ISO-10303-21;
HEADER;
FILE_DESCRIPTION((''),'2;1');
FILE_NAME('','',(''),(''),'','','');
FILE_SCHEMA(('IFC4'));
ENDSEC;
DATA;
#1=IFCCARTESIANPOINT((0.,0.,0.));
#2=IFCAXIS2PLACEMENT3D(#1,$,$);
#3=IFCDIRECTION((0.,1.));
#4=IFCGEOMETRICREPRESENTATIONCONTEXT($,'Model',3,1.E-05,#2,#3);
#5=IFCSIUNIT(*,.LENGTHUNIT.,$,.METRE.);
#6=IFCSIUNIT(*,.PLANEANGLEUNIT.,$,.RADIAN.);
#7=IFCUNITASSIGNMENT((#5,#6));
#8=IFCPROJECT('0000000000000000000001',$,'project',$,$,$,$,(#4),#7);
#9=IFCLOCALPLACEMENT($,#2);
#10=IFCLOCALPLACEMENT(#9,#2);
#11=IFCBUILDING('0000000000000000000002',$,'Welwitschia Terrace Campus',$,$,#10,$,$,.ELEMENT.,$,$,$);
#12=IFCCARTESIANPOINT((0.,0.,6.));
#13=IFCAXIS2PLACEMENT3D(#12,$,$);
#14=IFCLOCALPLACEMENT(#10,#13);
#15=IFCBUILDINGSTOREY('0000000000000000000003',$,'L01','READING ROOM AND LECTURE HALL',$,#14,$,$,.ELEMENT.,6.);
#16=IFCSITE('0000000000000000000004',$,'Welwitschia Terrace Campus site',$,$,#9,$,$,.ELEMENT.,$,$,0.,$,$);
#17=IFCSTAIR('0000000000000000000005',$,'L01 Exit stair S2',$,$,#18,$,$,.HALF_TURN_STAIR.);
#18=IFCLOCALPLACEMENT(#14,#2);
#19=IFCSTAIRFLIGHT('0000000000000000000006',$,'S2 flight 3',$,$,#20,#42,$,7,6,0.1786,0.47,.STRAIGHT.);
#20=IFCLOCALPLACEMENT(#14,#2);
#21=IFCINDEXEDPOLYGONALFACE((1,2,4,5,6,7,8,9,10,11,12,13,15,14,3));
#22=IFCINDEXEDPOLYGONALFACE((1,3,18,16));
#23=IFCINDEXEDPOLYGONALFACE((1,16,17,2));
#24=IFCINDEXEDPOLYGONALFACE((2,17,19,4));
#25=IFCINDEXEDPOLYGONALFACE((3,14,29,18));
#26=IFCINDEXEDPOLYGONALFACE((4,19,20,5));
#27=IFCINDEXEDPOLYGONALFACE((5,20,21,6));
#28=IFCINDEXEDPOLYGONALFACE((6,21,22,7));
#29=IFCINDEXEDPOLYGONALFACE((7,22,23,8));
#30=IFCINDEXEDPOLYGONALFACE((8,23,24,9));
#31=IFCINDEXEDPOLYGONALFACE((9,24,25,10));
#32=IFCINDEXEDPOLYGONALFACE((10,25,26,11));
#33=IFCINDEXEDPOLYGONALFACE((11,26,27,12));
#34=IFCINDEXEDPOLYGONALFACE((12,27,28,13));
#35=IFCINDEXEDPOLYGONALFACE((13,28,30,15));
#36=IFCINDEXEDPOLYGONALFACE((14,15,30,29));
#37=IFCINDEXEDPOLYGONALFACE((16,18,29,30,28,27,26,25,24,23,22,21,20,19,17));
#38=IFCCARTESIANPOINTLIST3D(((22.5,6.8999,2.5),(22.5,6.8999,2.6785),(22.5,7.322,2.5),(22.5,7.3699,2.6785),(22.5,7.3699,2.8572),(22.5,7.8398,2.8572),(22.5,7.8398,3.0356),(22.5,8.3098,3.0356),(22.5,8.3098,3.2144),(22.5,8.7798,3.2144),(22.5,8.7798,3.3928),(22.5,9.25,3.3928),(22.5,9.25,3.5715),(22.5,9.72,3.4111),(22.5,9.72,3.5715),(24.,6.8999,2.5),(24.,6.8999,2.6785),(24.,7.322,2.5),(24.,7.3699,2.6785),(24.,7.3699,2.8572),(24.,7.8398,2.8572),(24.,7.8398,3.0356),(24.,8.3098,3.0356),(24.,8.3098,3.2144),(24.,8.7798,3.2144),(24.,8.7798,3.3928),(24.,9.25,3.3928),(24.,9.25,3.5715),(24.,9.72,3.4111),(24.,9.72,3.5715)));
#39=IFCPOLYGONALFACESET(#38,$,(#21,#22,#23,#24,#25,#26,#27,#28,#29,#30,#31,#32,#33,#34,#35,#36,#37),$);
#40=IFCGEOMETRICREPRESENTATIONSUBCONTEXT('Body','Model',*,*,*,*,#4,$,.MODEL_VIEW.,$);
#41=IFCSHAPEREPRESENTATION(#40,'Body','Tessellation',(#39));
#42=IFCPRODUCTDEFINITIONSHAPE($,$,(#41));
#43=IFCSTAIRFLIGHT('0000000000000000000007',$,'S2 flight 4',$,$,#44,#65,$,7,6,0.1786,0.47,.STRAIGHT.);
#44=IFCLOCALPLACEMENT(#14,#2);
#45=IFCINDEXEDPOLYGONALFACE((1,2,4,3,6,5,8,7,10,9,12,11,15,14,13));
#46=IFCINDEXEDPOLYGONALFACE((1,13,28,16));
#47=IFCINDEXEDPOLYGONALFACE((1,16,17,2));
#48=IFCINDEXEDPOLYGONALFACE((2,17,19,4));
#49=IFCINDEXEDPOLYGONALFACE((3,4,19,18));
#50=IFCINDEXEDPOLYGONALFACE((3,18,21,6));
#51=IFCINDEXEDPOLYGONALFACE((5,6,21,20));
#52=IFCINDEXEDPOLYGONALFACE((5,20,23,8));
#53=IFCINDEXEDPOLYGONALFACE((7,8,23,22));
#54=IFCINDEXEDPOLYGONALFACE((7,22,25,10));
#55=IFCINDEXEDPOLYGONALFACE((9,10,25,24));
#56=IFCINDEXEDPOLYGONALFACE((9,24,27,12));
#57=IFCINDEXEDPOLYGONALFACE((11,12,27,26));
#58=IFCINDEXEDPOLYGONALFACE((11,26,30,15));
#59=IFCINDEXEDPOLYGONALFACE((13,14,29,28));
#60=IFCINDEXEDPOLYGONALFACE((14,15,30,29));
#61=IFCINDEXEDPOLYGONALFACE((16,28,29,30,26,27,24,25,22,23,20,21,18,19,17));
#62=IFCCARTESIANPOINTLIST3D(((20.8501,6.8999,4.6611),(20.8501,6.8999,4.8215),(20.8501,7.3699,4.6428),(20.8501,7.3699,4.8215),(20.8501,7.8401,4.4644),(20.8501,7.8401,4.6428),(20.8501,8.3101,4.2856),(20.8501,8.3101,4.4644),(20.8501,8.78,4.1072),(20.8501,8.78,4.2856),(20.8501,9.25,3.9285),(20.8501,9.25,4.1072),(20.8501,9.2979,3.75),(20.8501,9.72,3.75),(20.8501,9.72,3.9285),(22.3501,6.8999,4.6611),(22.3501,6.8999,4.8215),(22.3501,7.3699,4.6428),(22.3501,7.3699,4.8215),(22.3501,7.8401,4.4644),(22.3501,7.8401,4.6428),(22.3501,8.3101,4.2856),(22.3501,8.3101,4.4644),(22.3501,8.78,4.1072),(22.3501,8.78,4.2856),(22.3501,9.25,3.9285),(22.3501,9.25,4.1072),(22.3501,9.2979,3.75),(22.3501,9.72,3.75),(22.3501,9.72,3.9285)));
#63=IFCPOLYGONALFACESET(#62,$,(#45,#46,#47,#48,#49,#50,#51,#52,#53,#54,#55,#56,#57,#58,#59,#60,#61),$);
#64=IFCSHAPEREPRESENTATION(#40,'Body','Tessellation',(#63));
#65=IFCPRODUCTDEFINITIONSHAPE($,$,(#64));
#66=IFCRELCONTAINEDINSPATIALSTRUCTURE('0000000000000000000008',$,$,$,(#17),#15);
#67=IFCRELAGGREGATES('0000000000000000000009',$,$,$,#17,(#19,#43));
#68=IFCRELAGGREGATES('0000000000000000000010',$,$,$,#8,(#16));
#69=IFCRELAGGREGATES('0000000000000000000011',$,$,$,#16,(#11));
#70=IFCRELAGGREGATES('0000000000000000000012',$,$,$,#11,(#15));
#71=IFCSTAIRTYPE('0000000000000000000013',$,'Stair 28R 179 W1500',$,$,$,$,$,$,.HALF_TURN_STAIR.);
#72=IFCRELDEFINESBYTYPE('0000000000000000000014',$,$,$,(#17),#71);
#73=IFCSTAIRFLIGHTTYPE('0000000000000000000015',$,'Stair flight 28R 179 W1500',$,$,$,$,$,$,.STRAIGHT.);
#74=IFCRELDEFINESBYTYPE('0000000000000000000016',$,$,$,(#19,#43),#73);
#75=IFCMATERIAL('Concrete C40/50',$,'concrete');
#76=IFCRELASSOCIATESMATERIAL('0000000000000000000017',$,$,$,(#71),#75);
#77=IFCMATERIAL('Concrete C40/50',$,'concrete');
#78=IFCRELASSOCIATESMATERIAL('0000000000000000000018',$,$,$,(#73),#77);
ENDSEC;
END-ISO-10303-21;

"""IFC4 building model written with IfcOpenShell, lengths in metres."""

from ifc_helpers import new_model, si_unit, direction, frame, origin, place, context, subcontext, project, spatial, polyline, outline, extrude, material, type_object, element, aggregate, save


model = new_model("IFC4")

# Units and contexts
model_context = context("Model", 3, precision=1e-05, world=origin(), true_north=direction((0.0, 1.0)))
body_context = subcontext(model_context, "Body", "Model", "MODEL_VIEW")
ifc_project = project(units=[si_unit("LENGTHUNIT", "METRE"), si_unit("PLANEANGLEUNIT", "RADIAN")], contexts=[model_context])

# Site, building, storey
site_placement = place(None, origin())
site = spatial("IfcSite", under=ifc_project, at=site_placement, Name="Welwitschia Terrace Campus site", CompositionType="ELEMENT", RefElevation=0.0)
building_placement = place(site_placement, origin())
building = spatial("IfcBuilding", under=site, at=building_placement, Name="Welwitschia Terrace Campus", CompositionType="ELEMENT")
storey_placement = place(building_placement, frame((0.0, 0.0, 6.0)))
storey = spatial("IfcBuildingStorey", under=building, at=storey_placement, Name="L01", Description="READING ROOM AND LECTURE HALL", CompositionType="ELEMENT", Elevation=6.0)

# Stair, stair flights
ifc_material_1 = material(Name="Concrete C40/50", Category="concrete")
stair_type = type_object("IfcStairType", Name="Stair 28R 179 W1500", PredefinedType="HALF_TURN_STAIR", material=ifc_material_1)
stair_placement = place(storey_placement, origin())
stair = element("IfcStair", 1, at=stair_placement, inside=storey, type_object=stair_type, Name="L01 Exit stair S2", PredefinedType="HALF_TURN_STAIR")
ifc_material_2 = material(Name="Concrete C40/50", Category="concrete")
stair_flight_type = type_object("IfcStairFlightType", Name="Stair flight 28R 179 W1500", PredefinedType="STRAIGHT", material=ifc_material_2)
stair_flight_1_placement = place(storey_placement, frame((23.25, 6.8999, 2.5), z_axis=(0.0, 0.0, 1.0), x_axis=(0.0, 1.0, 0.0)))
stair_flight_1 = element("IfcStairFlight", 2, at=stair_flight_1_placement, type_object=stair_flight_type, Name="S2 flight 3", NumberOfRisers=7, NumberOfTreads=6, PredefinedType="STRAIGHT", RiserHeight=0.1786, TreadLength=0.47, context=body_context, shape_type="SweptSolid", body=[
    extrude(outline(polyline([(0.0, 0.0), (0.0, 0.1785), (0.47, 0.1785), (0.47, 0.3572), (0.9399, 0.3572), (0.9399, 0.5356), (1.4099, 0.5356), (1.4099, 0.7144), (1.8799, 0.7144), (1.8799, 0.8928), (2.3501, 0.8928), (2.3501, 1.0715), (2.8201, 1.0715), (2.8201, 1.25), (2.8201, 0.9111), (0.4221, 0.0), (0.0, 0.0)])), frame((0.0, 0.75, 0.0), z_axis=(0.0, -1.0, 0.0), x_axis=(1.0, 0.0, 0.0)), (0.0, 0.0, 1.0), 1.5),
])
stair_flight_2_placement = place(storey_placement, frame((21.6001, 9.72, 3.75), z_axis=(0.0, 0.0, 1.0), x_axis=(0.0, -1.0, 0.0)))
stair_flight_2 = element("IfcStairFlight", 3, at=stair_flight_2_placement, type_object=stair_flight_type, Name="S2 flight 4", NumberOfRisers=7, NumberOfTreads=6, PredefinedType="STRAIGHT", RiserHeight=0.1786, TreadLength=0.47, context=body_context, shape_type="SweptSolid", body=[
    extrude(outline(polyline([(0.0, 0.0), (0.0, 0.1785), (0.47, 0.1785), (0.47, 0.3572), (0.9399, 0.3572), (0.9399, 0.5356), (1.4099, 0.5356), (1.4099, 0.7144), (1.8799, 0.7144), (1.8799, 0.8928), (2.3501, 0.8928), (2.3501, 1.0715), (2.8201, 1.0715), (2.8201, 1.25), (2.8201, 0.9111), (0.4221, 0.0), (0.0, 0.0)])), frame((0.0, 0.75, 0.0), z_axis=(0.0, -1.0, 0.0), x_axis=(1.0, 0.0, 0.0)), (0.0, 0.0, 1.0), 1.5),
])
aggregate(stair, [stair_flight_1, stair_flight_2])

save(model, "model.ifc")
